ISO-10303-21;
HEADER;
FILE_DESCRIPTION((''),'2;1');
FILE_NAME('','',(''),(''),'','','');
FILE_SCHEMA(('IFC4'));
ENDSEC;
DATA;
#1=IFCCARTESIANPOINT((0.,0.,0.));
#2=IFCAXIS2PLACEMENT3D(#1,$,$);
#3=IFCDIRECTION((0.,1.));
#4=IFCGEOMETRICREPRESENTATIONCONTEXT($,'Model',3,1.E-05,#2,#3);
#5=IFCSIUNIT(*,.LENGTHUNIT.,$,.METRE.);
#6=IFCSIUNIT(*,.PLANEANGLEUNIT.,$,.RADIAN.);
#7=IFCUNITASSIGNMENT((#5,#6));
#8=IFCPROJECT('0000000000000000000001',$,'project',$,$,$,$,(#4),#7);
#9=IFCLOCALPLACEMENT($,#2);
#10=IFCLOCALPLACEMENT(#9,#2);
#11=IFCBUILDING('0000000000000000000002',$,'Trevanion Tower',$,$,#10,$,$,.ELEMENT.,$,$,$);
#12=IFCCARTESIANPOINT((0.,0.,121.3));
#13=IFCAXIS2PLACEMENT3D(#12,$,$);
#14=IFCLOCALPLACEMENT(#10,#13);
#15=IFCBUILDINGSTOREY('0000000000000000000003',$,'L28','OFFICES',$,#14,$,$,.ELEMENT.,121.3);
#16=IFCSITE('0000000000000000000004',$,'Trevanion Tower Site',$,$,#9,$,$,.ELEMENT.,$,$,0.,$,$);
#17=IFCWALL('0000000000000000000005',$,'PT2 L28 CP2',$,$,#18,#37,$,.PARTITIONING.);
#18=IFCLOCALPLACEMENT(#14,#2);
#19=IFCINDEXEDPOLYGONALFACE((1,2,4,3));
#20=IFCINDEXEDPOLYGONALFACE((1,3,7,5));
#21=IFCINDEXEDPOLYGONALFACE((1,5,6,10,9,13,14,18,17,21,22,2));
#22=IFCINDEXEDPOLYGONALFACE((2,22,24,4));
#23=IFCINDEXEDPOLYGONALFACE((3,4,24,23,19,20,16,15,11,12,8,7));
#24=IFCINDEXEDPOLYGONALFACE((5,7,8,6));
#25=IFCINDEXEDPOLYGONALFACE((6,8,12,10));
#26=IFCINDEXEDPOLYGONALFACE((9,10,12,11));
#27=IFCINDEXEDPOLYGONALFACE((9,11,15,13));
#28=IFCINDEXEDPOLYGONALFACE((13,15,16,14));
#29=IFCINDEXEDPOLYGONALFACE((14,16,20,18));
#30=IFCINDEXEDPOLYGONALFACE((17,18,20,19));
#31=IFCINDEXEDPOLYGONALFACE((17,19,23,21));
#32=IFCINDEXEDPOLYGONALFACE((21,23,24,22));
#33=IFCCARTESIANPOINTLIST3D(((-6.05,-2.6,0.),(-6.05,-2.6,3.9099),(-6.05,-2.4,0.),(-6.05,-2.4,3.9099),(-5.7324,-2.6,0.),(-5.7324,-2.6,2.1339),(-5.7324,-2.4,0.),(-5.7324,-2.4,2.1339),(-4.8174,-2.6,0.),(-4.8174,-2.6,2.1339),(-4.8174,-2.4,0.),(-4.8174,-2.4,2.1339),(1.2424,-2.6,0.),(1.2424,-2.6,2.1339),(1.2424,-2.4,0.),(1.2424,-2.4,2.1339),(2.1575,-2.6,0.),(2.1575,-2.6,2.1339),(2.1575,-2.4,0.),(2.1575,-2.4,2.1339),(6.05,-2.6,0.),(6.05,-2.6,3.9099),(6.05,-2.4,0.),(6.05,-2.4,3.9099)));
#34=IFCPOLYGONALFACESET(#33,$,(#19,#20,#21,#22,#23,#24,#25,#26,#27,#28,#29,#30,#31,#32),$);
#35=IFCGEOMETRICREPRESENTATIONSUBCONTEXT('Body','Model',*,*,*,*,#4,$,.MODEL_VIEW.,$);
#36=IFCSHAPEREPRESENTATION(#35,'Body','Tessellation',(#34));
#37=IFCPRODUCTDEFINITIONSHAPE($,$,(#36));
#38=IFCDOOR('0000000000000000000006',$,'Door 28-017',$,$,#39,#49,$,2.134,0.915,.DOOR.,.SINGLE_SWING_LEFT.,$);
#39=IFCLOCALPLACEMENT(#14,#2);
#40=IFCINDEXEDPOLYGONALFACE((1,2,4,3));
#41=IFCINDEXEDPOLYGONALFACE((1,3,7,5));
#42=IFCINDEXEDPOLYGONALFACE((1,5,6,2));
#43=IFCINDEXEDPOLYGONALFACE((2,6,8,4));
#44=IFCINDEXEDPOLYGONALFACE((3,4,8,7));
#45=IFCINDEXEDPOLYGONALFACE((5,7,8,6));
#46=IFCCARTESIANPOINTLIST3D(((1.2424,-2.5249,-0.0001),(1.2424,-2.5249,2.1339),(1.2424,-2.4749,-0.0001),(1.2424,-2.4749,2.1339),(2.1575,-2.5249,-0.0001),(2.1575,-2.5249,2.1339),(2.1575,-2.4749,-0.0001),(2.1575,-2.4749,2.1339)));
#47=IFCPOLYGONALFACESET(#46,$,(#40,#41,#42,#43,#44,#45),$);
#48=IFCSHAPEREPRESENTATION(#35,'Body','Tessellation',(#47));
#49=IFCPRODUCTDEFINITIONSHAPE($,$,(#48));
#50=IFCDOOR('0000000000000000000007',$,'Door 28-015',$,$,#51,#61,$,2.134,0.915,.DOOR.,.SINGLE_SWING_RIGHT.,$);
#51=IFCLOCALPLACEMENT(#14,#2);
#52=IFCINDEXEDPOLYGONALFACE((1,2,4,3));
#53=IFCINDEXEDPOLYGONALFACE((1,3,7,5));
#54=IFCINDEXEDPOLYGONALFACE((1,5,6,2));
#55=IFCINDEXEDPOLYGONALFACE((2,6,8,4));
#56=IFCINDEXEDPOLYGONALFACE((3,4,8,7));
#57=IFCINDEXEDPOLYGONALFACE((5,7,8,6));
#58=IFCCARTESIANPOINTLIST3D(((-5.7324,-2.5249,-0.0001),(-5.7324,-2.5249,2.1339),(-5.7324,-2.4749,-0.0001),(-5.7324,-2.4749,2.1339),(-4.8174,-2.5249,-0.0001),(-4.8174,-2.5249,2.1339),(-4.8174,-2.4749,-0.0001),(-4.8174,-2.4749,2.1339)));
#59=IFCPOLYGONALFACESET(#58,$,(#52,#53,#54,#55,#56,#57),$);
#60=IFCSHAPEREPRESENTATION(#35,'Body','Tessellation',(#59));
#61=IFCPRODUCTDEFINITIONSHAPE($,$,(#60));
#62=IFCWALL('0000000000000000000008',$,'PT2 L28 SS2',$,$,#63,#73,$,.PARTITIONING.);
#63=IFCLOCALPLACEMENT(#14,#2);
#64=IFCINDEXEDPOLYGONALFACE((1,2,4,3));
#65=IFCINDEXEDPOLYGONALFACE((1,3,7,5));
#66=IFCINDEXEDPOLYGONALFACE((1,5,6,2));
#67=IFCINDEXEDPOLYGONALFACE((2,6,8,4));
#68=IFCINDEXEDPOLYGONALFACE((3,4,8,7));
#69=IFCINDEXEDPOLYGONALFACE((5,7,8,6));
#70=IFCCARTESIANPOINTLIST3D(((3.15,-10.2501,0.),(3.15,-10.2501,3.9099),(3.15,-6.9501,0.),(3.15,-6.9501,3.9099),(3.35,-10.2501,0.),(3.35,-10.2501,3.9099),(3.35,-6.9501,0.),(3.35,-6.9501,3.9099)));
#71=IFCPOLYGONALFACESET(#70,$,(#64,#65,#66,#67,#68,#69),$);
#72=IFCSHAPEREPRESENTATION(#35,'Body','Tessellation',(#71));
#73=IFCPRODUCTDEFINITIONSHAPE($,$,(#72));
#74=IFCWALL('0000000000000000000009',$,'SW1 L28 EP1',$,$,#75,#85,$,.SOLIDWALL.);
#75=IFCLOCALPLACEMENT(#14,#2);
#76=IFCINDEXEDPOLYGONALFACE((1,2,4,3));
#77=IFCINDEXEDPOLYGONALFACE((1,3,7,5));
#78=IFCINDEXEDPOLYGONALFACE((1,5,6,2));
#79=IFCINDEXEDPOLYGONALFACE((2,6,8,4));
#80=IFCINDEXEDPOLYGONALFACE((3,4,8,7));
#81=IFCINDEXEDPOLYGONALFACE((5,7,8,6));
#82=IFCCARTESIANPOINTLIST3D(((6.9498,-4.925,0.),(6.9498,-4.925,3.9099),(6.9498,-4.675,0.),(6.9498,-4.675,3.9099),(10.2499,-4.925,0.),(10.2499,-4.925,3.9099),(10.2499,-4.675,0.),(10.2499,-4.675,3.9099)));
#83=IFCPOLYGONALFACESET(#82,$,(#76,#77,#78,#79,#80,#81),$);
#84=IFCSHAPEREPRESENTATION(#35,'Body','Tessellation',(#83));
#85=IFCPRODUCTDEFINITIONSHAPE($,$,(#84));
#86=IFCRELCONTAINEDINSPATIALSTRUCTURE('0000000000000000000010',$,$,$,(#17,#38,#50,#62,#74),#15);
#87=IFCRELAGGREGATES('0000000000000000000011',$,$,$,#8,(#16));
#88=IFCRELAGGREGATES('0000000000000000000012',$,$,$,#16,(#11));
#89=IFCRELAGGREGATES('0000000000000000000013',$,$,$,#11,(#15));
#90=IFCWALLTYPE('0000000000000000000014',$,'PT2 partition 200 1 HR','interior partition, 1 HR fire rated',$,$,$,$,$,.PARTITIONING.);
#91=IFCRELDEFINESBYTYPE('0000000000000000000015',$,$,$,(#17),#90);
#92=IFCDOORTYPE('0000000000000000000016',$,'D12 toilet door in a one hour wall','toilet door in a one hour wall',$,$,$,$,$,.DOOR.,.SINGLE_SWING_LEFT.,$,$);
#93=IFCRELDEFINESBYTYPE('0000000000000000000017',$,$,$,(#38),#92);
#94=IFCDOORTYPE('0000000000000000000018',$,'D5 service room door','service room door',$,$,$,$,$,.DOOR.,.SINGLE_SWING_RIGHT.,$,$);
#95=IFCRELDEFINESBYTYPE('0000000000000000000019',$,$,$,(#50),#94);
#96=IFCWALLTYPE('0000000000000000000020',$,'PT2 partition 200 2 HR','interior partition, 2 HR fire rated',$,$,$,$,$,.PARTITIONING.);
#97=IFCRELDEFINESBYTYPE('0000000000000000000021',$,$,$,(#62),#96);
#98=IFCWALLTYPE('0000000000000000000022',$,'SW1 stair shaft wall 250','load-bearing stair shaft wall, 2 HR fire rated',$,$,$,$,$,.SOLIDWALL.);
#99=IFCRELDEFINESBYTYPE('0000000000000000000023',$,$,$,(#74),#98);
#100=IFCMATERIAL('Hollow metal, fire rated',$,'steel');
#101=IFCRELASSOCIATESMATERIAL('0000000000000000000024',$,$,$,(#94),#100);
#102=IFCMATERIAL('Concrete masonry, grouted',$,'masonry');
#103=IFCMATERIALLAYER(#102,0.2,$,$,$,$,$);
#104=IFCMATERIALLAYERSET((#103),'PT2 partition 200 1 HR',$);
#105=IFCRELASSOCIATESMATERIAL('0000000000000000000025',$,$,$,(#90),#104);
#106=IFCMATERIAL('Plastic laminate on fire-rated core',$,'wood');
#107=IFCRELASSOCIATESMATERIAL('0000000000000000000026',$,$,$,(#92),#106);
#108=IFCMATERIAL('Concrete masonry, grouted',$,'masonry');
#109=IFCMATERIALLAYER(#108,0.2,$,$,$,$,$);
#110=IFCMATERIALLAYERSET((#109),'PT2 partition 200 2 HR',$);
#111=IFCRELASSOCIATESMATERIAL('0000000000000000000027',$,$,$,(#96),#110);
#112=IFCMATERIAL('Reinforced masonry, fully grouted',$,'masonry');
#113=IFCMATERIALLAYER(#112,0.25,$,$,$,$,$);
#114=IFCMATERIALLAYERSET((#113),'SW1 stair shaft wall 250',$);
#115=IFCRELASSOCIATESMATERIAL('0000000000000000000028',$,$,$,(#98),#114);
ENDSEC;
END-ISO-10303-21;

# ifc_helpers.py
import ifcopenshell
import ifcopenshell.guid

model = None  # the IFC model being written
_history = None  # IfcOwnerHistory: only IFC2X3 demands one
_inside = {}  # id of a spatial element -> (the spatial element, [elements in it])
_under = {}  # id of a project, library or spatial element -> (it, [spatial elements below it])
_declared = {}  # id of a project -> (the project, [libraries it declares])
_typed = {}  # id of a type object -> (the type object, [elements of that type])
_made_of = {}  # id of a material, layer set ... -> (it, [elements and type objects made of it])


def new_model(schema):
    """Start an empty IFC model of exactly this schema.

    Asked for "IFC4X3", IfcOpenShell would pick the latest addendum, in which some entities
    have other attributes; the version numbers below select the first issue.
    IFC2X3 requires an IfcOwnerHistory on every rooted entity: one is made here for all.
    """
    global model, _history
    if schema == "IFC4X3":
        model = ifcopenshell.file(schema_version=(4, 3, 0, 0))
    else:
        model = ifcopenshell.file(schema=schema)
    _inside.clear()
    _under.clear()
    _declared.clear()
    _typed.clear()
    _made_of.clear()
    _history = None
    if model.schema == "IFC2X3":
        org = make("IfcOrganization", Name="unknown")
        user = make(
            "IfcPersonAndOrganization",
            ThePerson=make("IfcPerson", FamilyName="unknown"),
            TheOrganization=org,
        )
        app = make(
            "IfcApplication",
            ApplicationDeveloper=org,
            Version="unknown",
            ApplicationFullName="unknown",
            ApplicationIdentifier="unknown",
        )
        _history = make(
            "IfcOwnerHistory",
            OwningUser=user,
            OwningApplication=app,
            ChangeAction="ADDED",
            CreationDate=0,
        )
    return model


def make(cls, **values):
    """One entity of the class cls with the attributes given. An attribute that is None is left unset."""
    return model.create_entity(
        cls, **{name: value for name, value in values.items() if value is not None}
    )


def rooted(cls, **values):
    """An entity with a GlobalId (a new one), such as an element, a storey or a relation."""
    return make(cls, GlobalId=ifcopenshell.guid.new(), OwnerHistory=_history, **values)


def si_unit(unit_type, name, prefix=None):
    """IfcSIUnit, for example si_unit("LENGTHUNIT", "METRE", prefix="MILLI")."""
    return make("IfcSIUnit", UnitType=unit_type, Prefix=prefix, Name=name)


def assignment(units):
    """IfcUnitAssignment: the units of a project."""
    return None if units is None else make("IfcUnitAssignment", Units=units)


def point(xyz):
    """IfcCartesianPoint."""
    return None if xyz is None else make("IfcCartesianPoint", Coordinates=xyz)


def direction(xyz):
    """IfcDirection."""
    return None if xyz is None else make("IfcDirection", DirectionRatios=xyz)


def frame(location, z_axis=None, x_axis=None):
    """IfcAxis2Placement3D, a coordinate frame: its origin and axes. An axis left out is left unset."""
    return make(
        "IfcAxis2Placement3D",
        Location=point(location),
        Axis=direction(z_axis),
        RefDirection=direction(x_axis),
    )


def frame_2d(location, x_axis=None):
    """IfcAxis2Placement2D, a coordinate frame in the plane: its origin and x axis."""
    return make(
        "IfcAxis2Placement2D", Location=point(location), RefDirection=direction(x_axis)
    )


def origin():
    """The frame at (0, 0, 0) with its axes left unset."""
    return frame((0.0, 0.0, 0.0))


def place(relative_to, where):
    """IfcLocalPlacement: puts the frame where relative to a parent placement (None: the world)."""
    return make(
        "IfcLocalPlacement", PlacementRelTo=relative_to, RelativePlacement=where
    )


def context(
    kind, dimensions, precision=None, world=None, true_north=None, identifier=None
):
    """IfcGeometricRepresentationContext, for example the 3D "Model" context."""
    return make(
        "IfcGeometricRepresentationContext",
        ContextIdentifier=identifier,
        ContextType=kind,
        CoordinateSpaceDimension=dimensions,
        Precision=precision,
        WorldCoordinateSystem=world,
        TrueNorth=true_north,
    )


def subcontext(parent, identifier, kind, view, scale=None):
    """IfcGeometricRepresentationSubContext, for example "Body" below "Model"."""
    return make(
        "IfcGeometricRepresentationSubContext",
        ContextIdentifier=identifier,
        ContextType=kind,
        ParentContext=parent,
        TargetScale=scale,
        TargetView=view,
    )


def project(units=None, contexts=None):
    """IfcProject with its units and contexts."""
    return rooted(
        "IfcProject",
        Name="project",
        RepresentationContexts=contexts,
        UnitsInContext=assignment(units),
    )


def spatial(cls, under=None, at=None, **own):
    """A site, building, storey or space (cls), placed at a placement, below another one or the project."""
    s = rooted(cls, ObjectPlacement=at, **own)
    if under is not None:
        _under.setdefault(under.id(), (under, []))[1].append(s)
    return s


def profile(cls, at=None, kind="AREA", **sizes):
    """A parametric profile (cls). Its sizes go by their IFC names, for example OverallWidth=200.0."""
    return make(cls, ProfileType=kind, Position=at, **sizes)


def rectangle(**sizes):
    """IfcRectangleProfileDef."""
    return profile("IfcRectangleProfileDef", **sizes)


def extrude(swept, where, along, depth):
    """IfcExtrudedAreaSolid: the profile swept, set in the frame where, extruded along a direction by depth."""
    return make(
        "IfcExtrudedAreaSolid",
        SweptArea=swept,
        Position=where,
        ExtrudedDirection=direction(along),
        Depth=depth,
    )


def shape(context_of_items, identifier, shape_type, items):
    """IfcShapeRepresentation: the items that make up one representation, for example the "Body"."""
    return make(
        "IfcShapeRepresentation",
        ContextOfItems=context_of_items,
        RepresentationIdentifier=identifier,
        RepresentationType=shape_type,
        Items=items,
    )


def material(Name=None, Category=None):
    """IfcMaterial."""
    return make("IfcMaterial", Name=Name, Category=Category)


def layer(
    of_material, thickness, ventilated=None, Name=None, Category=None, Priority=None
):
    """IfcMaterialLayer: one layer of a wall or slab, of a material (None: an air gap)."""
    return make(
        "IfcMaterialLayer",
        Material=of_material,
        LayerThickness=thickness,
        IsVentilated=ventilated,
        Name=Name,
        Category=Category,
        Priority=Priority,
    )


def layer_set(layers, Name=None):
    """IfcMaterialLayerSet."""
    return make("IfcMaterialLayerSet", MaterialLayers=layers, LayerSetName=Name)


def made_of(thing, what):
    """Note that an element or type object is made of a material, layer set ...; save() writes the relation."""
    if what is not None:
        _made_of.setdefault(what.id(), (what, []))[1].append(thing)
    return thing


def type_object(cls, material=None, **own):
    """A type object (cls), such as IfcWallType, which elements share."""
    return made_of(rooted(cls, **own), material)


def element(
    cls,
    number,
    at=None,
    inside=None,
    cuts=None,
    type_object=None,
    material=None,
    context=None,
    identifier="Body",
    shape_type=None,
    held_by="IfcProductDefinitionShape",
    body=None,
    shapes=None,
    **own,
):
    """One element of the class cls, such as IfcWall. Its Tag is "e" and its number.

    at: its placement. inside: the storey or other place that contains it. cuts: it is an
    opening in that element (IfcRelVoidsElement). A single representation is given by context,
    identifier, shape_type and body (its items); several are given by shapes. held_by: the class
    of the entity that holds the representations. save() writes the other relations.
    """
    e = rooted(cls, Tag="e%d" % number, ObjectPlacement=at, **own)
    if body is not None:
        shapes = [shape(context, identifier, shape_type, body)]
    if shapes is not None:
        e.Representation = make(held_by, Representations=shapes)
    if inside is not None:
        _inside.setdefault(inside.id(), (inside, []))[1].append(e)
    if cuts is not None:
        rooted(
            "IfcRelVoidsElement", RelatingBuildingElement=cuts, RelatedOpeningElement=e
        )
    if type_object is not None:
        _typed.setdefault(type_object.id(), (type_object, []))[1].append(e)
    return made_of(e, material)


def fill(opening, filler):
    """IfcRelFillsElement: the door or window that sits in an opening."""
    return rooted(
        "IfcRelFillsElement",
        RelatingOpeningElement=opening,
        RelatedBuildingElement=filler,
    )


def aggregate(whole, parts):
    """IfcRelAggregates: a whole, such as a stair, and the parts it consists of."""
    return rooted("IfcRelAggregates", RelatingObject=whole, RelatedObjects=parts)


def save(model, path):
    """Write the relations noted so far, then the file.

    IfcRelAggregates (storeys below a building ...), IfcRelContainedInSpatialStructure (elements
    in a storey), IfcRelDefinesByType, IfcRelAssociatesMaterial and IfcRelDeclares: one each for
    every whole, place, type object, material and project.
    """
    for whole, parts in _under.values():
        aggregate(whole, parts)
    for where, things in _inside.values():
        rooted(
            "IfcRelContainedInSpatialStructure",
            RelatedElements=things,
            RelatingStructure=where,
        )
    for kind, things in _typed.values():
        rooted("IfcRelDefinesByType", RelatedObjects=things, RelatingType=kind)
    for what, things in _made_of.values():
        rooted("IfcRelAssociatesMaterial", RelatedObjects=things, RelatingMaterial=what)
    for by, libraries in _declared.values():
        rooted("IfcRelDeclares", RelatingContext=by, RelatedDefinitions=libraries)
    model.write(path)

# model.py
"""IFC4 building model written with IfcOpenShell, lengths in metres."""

from ifc_helpers import new_model, si_unit, direction, frame, frame_2d, origin, place, context, subcontext, project, spatial, rectangle, extrude, material, layer, layer_set, type_object, element, fill, save


model = new_model("IFC4")

# Units and contexts
model_context = context("Model", 3, precision=1e-05, world=origin(), true_north=direction((0.0, 1.0)))
body_context = subcontext(model_context, "Body", "Model", "MODEL_VIEW")
ifc_project = project(units=[si_unit("LENGTHUNIT", "METRE"), si_unit("PLANEANGLEUNIT", "RADIAN")], contexts=[model_context])

# Site, building, storey
site_placement = place(None, origin())
site = spatial("IfcSite", under=ifc_project, at=site_placement, Name="Trevanion Tower Site", CompositionType="ELEMENT", RefElevation=0.0)
building_placement = place(site_placement, origin())
building = spatial("IfcBuilding", under=site, at=building_placement, Name="Trevanion Tower", CompositionType="ELEMENT")
storey_placement = place(building_placement, frame((0.0, 0.0, 121.3)))
storey = spatial("IfcBuildingStorey", under=building, at=storey_placement, Name="L28", Description="OFFICES", CompositionType="ELEMENT", Elevation=121.3)

# Shared definitions
ifc_material_1 = material(Name="Hollow metal, fire rated", Category="steel")
door_type_1 = type_object("IfcDoorType", Name="D5 service room door", Description="service room door", OperationType="SINGLE_SWING_RIGHT", PredefinedType="DOOR", material=ifc_material_1)

# Wall, openings, doors
ifc_material_2 = material(Name="Concrete masonry, grouted", Category="masonry")
ifc_layer_1 = layer(ifc_material_2, 0.2)
ifc_layer_set_1 = layer_set([ifc_layer_1], Name="PT2 partition 200 1 HR")
wall_type_1 = type_object("IfcWallType", Name="PT2 partition 200 1 HR", Description="interior partition, 1 HR fire rated", PredefinedType="PARTITIONING", material=ifc_layer_set_1)
wall_1_placement = place(storey_placement, frame((6.05, -2.5, 0.0), z_axis=(0.0, 0.0, 1.0), x_axis=(-1.0, 0.0, 0.0)))
wall_1 = element("IfcWall", 1, at=wall_1_placement, inside=storey, type_object=wall_type_1, Name="PT2 L28 CP2", PredefinedType="PARTITIONING", context=body_context, shape_type="SweptSolid", body=[
    extrude(rectangle(XDim=12.1001, YDim=0.2, at=frame_2d((6.05, 0.0))), origin(), (0.0, 0.0, 1.0), 3.9099),
])
opening_1_placement = place(wall_1_placement, frame((10.8674, 0.0, 0.0)))
opening_1 = element("IfcOpeningElement", 2, at=opening_1_placement, cuts=wall_1, PredefinedType="OPENING", context=body_context, shape_type="SweptSolid", body=[
    extrude(rectangle(XDim=0.915, YDim=2.134, at=frame_2d((0.4575, 1.0669))), frame((0.0, 0.1099, 0.0), z_axis=(0.0, -1.0, 0.0), x_axis=(1.0, 0.0, 0.0)), (0.0, 0.0, 1.0), 0.22),
])
opening_2_placement = place(wall_1_placement, frame((3.8926, 0.0, 0.0)))
opening_2 = element("IfcOpeningElement", 3, at=opening_2_placement, cuts=wall_1, PredefinedType="OPENING", context=body_context, shape_type="SweptSolid", body=[
    extrude(rectangle(XDim=0.915, YDim=2.134, at=frame_2d((0.4575, 1.0669))), frame((0.0, 0.1099, 0.0), z_axis=(0.0, -1.0, 0.0), x_axis=(1.0, 0.0, 0.0)), (0.0, 0.0, 1.0), 0.22),
])
ifc_material_3 = material(Name="Plastic laminate on fire-rated core", Category="wood")
door_type_2 = type_object("IfcDoorType", Name="D12 toilet door in a one hour wall", Description="toilet door in a one hour wall", OperationType="SINGLE_SWING_LEFT", PredefinedType="DOOR", material=ifc_material_3)
door_1_placement = place(opening_2_placement, origin())
door_1 = element("IfcDoor", 4, at=door_1_placement, inside=storey, type_object=door_type_2, Name="Door 28-017", OperationType="SINGLE_SWING_LEFT", OverallHeight=2.134, OverallWidth=0.915, PredefinedType="DOOR", context=body_context, shape_type="SweptSolid", body=[
    extrude(rectangle(XDim=0.915, YDim=2.134, at=frame_2d((0.4575, 1.0669))), frame((0.0, 0.0249, 0.0), z_axis=(0.0, -1.0, 0.0), x_axis=(1.0, 0.0, 0.0)), (0.0, 0.0, 1.0), 0.05),
])
fill(opening_2, door_1)
door_2_placement = place(opening_1_placement, origin())
door_2 = element("IfcDoor", 5, at=door_2_placement, inside=storey, type_object=door_type_1, Name="Door 28-015", OperationType="SINGLE_SWING_RIGHT", OverallHeight=2.134, OverallWidth=0.915, PredefinedType="DOOR", context=body_context, shape_type="SweptSolid", body=[
    extrude(rectangle(XDim=0.915, YDim=2.134, at=frame_2d((0.4575, 1.0669))), frame((0.0, 0.0249, 0.0), z_axis=(0.0, -1.0, 0.0), x_axis=(1.0, 0.0, 0.0)), (0.0, 0.0, 1.0), 0.05),
])
fill(opening_1, door_2)

# Walls
ifc_material_4 = material(Name="Concrete masonry, grouted", Category="masonry")
ifc_layer_2 = layer(ifc_material_4, 0.2)
ifc_layer_set_2 = layer_set([ifc_layer_2], Name="PT2 partition 200 2 HR")
wall_type_2 = type_object("IfcWallType", Name="PT2 partition 200 2 HR", Description="interior partition, 2 HR fire rated", PredefinedType="PARTITIONING", material=ifc_layer_set_2)
wall_2_placement = place(storey_placement, frame((3.25, -10.25, 0.0), z_axis=(0.0, 0.0, 1.0), x_axis=(0.0, 1.0, 0.0)))
element("IfcWall", 6, at=wall_2_placement, inside=storey, type_object=wall_type_2, Name="PT2 L28 SS2", PredefinedType="PARTITIONING", context=body_context, shape_type="SweptSolid", body=[
    extrude(rectangle(XDim=3.3, YDim=0.2, at=frame_2d((1.6499, 0.0))), origin(), (0.0, 0.0, 1.0), 3.9099),
])
ifc_material_5 = material(Name="Reinforced masonry, fully grouted", Category="masonry")
ifc_layer_3 = layer(ifc_material_5, 0.25)
ifc_layer_set_3 = layer_set([ifc_layer_3], Name="SW1 stair shaft wall 250")
wall_type_3 = type_object("IfcWallType", Name="SW1 stair shaft wall 250", Description="load-bearing stair shaft wall, 2 HR fire rated", PredefinedType="SOLIDWALL", material=ifc_layer_set_3)
wall_3_placement = place(storey_placement, frame((6.95, -4.8, 0.0), z_axis=(0.0, 0.0, 1.0), x_axis=(1.0, 0.0, 0.0)))
element("IfcWall", 7, at=wall_3_placement, inside=storey, type_object=wall_type_3, Name="SW1 L28 EP1", PredefinedType="SOLIDWALL", context=body_context, shape_type="SweptSolid", body=[
    extrude(rectangle(XDim=3.3, YDim=0.25, at=frame_2d((1.6499, 0.0))), origin(), (0.0, 0.0, 1.0), 3.9099),
])

save(model, "model.ifc")
